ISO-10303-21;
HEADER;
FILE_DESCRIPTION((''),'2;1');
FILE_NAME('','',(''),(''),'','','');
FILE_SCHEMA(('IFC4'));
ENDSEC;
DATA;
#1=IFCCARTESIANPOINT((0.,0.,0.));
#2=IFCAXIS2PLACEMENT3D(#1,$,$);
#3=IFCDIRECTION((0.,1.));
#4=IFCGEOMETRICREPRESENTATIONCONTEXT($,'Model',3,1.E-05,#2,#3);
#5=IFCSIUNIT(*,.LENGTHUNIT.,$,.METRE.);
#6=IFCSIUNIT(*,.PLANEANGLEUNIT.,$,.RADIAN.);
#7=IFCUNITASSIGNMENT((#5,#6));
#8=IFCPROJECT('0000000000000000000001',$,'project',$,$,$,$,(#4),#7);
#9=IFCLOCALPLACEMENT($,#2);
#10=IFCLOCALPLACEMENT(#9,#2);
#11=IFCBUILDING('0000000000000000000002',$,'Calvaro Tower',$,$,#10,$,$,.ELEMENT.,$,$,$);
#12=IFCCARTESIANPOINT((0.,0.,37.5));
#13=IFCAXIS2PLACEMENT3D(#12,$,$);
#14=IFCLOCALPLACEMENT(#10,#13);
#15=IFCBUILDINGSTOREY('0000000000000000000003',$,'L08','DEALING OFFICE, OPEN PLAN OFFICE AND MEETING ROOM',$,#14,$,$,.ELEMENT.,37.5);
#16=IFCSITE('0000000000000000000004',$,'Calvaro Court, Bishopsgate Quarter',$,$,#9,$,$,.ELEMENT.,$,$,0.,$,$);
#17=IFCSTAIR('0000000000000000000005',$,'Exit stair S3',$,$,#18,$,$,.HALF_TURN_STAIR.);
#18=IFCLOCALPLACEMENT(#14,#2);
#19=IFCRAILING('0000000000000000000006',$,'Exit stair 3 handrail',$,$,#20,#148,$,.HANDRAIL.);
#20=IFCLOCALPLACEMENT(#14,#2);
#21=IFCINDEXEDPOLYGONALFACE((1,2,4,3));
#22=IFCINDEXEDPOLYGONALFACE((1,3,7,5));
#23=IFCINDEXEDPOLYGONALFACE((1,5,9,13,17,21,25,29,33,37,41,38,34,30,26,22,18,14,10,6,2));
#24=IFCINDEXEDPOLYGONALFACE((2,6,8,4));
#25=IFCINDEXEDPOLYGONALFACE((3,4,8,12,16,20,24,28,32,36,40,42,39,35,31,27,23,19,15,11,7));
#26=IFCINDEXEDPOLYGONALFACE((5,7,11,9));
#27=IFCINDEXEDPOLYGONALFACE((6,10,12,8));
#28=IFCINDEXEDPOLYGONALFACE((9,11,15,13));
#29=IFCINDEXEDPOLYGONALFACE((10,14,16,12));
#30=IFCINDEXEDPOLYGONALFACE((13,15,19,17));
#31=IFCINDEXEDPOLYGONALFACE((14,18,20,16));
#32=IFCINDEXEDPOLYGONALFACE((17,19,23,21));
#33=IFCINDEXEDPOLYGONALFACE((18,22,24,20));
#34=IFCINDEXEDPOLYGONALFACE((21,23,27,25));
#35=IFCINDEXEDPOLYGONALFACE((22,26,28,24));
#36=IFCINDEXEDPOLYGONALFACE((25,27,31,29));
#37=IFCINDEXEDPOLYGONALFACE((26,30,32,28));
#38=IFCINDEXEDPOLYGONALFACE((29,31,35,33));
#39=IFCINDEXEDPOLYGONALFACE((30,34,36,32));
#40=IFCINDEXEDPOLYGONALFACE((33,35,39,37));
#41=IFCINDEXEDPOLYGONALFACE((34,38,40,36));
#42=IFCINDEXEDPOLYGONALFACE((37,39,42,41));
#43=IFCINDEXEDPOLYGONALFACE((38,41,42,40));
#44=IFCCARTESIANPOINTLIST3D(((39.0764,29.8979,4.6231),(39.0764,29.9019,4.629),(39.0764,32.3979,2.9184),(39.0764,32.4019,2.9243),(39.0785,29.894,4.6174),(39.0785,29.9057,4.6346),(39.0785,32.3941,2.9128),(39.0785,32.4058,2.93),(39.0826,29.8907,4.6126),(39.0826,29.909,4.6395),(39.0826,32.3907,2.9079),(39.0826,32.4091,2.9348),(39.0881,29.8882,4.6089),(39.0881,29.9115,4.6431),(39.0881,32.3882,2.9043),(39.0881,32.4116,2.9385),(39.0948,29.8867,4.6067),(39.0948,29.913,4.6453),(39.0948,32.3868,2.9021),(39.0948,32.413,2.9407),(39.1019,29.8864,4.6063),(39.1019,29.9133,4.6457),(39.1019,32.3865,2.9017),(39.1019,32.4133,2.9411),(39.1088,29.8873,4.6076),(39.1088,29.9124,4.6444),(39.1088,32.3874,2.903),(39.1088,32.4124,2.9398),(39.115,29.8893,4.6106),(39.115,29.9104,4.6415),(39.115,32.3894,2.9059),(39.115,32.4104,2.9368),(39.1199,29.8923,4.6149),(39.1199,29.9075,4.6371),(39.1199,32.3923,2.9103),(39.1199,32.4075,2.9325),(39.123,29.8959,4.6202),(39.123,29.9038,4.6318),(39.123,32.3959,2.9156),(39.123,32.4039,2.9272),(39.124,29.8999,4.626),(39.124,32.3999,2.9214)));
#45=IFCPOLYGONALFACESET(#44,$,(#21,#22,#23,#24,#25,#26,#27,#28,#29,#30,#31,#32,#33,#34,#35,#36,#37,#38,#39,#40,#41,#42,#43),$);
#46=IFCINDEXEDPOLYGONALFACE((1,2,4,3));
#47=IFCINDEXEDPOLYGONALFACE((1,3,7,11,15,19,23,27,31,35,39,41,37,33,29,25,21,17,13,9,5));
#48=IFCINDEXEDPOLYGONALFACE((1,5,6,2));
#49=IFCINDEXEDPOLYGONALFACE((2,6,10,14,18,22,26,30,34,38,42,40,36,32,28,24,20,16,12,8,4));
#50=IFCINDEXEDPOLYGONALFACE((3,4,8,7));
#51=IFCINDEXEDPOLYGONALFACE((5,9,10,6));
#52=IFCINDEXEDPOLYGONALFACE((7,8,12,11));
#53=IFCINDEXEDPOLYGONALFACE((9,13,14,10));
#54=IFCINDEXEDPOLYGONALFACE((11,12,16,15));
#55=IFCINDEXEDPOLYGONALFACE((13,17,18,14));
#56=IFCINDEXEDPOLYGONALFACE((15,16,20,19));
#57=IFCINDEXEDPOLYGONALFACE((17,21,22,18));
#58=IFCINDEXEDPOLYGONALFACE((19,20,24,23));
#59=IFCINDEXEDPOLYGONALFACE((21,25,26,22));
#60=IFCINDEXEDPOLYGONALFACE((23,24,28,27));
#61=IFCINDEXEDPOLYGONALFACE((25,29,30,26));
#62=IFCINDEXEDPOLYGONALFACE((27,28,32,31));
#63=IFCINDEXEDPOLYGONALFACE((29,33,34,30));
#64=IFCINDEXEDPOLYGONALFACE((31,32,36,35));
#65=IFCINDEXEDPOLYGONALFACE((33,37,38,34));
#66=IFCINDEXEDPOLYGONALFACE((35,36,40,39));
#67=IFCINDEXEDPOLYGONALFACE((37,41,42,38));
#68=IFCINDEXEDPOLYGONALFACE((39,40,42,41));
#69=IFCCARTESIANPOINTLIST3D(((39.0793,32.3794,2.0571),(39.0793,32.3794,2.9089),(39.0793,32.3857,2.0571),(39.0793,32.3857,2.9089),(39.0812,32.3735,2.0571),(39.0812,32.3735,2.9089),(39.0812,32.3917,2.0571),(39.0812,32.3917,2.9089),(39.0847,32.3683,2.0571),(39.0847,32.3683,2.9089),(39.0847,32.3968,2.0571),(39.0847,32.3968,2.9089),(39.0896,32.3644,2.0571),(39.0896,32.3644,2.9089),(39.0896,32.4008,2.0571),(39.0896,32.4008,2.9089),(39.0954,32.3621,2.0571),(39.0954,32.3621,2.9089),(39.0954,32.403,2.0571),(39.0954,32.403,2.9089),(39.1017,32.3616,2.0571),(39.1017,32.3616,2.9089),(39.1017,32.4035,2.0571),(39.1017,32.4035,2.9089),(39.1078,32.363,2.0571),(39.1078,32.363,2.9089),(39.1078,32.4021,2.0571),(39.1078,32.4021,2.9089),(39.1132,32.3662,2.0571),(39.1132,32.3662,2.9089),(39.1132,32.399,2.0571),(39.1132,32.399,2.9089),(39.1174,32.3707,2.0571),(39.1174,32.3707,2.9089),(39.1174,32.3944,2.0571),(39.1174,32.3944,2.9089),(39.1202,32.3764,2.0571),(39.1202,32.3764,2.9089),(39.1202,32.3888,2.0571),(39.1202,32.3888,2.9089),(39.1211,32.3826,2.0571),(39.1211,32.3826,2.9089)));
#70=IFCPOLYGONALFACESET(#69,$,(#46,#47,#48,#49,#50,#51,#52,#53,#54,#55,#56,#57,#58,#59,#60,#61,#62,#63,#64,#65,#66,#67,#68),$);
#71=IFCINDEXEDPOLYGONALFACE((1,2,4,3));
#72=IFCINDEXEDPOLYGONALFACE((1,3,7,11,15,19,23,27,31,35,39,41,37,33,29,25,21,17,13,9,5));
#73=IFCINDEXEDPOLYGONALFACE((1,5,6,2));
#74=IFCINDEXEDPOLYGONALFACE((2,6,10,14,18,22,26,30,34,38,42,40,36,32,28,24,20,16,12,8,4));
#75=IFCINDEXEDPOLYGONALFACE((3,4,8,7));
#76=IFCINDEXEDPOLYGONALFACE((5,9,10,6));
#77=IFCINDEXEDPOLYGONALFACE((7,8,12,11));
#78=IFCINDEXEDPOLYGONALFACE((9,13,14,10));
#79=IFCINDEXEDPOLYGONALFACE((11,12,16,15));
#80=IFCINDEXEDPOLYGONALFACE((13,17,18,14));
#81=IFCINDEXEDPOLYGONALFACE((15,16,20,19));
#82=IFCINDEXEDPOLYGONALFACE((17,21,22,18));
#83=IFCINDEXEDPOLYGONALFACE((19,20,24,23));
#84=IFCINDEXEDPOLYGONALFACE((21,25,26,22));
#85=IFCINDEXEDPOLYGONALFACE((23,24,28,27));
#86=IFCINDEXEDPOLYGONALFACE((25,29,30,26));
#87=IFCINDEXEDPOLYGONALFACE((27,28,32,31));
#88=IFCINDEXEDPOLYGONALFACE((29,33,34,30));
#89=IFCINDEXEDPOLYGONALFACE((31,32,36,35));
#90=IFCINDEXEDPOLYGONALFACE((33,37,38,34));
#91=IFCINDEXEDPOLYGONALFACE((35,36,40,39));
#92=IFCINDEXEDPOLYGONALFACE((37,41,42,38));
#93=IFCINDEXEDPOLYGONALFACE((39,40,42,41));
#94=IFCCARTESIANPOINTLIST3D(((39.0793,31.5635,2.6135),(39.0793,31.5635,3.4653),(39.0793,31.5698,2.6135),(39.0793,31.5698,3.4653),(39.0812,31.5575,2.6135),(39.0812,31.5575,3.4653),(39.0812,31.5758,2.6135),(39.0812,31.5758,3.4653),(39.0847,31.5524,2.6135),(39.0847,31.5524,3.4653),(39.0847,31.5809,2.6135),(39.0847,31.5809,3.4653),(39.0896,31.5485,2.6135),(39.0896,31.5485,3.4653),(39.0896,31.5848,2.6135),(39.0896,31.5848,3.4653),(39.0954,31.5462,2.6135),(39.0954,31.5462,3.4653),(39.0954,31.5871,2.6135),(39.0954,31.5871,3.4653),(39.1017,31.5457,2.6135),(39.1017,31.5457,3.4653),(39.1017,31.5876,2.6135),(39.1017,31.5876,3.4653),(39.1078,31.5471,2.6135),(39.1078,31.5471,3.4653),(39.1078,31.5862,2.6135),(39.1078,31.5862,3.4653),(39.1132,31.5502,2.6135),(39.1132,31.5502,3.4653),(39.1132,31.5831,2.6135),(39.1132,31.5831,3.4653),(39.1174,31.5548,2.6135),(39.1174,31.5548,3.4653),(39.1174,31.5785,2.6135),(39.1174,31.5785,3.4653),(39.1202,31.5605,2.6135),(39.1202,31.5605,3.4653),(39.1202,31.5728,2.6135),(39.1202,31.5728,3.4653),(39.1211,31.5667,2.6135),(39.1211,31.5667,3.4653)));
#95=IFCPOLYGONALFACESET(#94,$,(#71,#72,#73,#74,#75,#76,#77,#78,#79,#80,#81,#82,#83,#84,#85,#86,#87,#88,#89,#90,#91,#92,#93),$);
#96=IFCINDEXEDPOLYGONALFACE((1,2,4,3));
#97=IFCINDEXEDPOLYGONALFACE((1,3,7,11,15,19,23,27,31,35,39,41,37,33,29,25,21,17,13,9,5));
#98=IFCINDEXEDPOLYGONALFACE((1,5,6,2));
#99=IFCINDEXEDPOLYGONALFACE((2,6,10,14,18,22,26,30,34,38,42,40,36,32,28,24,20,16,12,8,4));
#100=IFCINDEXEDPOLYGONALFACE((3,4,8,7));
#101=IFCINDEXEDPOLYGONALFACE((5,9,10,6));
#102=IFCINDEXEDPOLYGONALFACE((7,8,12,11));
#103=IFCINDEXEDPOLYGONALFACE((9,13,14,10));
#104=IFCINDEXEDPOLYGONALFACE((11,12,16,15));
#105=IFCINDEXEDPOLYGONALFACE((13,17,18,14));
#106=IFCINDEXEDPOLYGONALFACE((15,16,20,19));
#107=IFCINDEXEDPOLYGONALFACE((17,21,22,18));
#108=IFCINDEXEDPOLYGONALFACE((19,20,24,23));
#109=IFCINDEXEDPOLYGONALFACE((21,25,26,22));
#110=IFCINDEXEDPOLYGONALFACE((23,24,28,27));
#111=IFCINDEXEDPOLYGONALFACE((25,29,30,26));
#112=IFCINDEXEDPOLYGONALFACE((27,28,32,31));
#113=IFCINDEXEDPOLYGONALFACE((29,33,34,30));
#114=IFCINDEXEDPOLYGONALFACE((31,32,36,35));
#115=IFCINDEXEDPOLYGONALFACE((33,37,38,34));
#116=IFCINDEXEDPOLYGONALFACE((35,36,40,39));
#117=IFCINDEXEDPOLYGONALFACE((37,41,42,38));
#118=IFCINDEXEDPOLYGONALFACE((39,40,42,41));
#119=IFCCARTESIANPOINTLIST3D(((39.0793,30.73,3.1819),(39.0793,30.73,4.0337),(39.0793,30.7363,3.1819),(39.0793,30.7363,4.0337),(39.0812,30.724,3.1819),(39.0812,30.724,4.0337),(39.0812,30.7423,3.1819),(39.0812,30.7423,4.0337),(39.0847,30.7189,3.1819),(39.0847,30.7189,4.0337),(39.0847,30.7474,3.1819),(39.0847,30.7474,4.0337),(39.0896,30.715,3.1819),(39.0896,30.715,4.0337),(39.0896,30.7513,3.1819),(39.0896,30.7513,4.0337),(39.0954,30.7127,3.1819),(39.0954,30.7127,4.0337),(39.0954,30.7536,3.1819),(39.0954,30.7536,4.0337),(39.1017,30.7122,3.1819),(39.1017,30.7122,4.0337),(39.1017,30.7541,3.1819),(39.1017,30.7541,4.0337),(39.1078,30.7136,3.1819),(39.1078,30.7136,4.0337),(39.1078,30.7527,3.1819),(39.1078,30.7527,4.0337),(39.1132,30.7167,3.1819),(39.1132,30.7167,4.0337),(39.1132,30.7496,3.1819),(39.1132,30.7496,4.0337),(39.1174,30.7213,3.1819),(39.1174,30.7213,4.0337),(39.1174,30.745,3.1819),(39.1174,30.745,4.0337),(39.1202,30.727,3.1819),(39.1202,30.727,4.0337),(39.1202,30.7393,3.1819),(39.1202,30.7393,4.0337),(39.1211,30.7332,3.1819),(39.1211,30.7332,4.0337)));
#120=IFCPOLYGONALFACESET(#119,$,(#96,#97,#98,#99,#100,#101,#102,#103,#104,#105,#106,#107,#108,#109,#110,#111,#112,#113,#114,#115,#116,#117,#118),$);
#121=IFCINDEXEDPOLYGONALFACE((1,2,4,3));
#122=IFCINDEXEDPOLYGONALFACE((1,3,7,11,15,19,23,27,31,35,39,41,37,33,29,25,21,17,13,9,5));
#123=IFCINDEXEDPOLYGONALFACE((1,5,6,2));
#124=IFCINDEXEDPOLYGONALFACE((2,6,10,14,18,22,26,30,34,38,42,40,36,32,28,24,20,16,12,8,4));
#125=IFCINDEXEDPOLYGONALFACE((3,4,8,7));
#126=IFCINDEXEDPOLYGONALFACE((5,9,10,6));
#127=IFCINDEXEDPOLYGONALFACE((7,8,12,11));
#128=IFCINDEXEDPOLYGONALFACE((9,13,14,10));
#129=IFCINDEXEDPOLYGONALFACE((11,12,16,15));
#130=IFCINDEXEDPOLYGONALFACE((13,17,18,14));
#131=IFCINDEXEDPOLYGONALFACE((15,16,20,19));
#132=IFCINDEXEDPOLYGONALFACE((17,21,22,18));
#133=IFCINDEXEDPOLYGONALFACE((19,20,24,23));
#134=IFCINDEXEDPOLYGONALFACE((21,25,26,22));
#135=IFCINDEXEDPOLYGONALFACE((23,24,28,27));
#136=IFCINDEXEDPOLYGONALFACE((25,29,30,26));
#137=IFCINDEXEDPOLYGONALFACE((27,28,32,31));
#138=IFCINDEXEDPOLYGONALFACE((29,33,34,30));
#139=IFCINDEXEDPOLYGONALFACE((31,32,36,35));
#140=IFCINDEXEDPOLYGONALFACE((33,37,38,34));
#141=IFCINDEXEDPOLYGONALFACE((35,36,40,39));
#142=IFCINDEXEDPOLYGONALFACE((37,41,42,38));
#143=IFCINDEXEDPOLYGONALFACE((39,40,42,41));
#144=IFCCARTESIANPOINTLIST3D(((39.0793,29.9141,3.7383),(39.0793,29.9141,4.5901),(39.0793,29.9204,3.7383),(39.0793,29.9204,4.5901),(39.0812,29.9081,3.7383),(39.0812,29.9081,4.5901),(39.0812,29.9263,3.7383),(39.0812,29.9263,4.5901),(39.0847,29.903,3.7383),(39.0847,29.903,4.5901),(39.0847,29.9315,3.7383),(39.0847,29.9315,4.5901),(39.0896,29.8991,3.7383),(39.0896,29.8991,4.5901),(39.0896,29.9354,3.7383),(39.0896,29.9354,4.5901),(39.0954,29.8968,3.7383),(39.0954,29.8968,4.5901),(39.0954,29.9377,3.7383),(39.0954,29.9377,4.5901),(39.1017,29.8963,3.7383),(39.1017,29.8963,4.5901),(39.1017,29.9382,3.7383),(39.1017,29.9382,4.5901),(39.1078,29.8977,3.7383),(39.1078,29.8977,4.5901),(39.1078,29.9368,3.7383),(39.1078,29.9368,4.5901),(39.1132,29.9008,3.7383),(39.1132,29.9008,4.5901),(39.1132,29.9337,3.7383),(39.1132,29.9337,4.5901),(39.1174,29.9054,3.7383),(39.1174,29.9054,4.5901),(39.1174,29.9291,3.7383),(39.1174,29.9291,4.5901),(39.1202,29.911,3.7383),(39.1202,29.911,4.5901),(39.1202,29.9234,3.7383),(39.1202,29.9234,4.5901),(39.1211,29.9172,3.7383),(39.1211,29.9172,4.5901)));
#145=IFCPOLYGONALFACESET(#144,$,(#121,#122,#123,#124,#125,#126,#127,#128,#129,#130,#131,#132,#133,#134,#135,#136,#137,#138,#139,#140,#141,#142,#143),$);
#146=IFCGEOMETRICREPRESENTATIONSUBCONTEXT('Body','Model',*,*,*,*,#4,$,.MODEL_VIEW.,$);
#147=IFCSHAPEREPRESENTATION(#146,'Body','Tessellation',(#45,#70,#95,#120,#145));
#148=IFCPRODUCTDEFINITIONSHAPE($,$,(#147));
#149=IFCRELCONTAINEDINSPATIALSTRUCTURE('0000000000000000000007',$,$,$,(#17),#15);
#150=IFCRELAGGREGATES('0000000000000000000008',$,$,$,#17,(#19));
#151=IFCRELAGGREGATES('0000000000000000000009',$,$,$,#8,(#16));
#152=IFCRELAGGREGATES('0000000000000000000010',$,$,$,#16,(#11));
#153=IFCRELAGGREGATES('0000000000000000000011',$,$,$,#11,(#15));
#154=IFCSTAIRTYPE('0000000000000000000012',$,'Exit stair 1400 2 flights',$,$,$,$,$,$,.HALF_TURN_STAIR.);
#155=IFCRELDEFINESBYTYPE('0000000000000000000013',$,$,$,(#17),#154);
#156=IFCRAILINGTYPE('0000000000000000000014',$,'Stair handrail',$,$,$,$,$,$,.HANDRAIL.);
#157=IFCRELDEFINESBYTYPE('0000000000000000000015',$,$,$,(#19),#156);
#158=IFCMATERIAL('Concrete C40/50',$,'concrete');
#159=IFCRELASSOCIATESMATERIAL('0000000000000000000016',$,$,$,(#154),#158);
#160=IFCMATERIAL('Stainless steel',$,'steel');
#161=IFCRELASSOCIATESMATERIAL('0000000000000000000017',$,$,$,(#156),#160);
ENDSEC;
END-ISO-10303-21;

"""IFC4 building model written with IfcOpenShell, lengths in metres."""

from ifc_helpers import new_model, si_unit, direction, frame, origin, origin_2d, place, context, subcontext, project, spatial, circle, extrude, material, type_object, element, aggregate, save


model = new_model("IFC4")

# Units and contexts
model_context = context("Model", 3, precision=1e-05, world=origin(), true_north=direction((0.0, 1.0)))
body_context = subcontext(model_context, "Body", "Model", "MODEL_VIEW")
ifc_project = project(units=[si_unit("LENGTHUNIT", "METRE"), si_unit("PLANEANGLEUNIT", "RADIAN")], contexts=[model_context])

# Site, building, storey
site_placement = place(None, origin())
site = spatial("IfcSite", under=ifc_project, at=site_placement, Name="Calvaro Court, Bishopsgate Quarter", CompositionType="ELEMENT", RefElevation=0.0)
building_placement = place(site_placement, origin())
building = spatial("IfcBuilding", under=site, at=building_placement, Name="Calvaro Tower", CompositionType="ELEMENT")
storey_placement = place(building_placement, frame((0.0, 0.0, 37.5)))
storey = spatial("IfcBuildingStorey", under=building, at=storey_placement, Name="L08", Description="DEALING OFFICE, OPEN PLAN OFFICE AND MEETING ROOM", CompositionType="ELEMENT", Elevation=37.5)

# Stair
ifc_material_1 = material(Name="Concrete C40/50", Category="concrete")
stair_type = type_object("IfcStairType", Name="Exit stair 1400 2 flights", PredefinedType="HALF_TURN_STAIR", material=ifc_material_1)
stair_1_placement = place(storey_placement, origin())
stair_1 = element("IfcStair", 1, at=stair_1_placement, inside=storey, type_object=stair_type, Name="Exit stair S3", PredefinedType="HALF_TURN_STAIR")

# Railing
ifc_material_2 = material(Name="Stainless steel", Category="steel")
railing_type = type_object("IfcRailingType", Name="Stair handrail", PredefinedType="HANDRAIL", material=ifc_material_2)
railing_1_placement = place(storey_placement, frame((39.1001, 32.3999, 2.0454)))
railing_1 = element("IfcRailing", 2, at=railing_1_placement, type_object=railing_type, Name="Exit stair 3 handrail", PredefinedType="HANDRAIL", context=body_context, shape_type="SweptSolid", body=[
    extrude(circle(Radius=0.0239, at=origin_2d()), frame((0.0, 0.0, 0.876), z_axis=(0.0, -0.826221, 0.563347), x_axis=(1.0, 0.0, 0.0)), (0.0, 0.0, 1.0), 3.0259),
    extrude(circle(Radius=0.021, at=origin_2d()), frame((0.0, -0.0173, 0.0117)), (0.0, 0.0, 1.0), 0.8518),
    extrude(circle(Radius=0.021, at=origin_2d()), frame((0.0, -0.8333, 0.5681)), (0.0, 0.0, 1.0), 0.8518),
    extrude(circle(Radius=0.021, at=origin_2d()), frame((0.0, -1.6667, 1.1365)), (0.0, 0.0, 1.0), 0.8518),
    extrude(circle(Radius=0.021, at=origin_2d()), frame((0.0, -2.4827, 1.6929)), (0.0, 0.0, 1.0), 0.8518),
])
aggregate(stair_1, [railing_1])

save(model, "model.ifc")
